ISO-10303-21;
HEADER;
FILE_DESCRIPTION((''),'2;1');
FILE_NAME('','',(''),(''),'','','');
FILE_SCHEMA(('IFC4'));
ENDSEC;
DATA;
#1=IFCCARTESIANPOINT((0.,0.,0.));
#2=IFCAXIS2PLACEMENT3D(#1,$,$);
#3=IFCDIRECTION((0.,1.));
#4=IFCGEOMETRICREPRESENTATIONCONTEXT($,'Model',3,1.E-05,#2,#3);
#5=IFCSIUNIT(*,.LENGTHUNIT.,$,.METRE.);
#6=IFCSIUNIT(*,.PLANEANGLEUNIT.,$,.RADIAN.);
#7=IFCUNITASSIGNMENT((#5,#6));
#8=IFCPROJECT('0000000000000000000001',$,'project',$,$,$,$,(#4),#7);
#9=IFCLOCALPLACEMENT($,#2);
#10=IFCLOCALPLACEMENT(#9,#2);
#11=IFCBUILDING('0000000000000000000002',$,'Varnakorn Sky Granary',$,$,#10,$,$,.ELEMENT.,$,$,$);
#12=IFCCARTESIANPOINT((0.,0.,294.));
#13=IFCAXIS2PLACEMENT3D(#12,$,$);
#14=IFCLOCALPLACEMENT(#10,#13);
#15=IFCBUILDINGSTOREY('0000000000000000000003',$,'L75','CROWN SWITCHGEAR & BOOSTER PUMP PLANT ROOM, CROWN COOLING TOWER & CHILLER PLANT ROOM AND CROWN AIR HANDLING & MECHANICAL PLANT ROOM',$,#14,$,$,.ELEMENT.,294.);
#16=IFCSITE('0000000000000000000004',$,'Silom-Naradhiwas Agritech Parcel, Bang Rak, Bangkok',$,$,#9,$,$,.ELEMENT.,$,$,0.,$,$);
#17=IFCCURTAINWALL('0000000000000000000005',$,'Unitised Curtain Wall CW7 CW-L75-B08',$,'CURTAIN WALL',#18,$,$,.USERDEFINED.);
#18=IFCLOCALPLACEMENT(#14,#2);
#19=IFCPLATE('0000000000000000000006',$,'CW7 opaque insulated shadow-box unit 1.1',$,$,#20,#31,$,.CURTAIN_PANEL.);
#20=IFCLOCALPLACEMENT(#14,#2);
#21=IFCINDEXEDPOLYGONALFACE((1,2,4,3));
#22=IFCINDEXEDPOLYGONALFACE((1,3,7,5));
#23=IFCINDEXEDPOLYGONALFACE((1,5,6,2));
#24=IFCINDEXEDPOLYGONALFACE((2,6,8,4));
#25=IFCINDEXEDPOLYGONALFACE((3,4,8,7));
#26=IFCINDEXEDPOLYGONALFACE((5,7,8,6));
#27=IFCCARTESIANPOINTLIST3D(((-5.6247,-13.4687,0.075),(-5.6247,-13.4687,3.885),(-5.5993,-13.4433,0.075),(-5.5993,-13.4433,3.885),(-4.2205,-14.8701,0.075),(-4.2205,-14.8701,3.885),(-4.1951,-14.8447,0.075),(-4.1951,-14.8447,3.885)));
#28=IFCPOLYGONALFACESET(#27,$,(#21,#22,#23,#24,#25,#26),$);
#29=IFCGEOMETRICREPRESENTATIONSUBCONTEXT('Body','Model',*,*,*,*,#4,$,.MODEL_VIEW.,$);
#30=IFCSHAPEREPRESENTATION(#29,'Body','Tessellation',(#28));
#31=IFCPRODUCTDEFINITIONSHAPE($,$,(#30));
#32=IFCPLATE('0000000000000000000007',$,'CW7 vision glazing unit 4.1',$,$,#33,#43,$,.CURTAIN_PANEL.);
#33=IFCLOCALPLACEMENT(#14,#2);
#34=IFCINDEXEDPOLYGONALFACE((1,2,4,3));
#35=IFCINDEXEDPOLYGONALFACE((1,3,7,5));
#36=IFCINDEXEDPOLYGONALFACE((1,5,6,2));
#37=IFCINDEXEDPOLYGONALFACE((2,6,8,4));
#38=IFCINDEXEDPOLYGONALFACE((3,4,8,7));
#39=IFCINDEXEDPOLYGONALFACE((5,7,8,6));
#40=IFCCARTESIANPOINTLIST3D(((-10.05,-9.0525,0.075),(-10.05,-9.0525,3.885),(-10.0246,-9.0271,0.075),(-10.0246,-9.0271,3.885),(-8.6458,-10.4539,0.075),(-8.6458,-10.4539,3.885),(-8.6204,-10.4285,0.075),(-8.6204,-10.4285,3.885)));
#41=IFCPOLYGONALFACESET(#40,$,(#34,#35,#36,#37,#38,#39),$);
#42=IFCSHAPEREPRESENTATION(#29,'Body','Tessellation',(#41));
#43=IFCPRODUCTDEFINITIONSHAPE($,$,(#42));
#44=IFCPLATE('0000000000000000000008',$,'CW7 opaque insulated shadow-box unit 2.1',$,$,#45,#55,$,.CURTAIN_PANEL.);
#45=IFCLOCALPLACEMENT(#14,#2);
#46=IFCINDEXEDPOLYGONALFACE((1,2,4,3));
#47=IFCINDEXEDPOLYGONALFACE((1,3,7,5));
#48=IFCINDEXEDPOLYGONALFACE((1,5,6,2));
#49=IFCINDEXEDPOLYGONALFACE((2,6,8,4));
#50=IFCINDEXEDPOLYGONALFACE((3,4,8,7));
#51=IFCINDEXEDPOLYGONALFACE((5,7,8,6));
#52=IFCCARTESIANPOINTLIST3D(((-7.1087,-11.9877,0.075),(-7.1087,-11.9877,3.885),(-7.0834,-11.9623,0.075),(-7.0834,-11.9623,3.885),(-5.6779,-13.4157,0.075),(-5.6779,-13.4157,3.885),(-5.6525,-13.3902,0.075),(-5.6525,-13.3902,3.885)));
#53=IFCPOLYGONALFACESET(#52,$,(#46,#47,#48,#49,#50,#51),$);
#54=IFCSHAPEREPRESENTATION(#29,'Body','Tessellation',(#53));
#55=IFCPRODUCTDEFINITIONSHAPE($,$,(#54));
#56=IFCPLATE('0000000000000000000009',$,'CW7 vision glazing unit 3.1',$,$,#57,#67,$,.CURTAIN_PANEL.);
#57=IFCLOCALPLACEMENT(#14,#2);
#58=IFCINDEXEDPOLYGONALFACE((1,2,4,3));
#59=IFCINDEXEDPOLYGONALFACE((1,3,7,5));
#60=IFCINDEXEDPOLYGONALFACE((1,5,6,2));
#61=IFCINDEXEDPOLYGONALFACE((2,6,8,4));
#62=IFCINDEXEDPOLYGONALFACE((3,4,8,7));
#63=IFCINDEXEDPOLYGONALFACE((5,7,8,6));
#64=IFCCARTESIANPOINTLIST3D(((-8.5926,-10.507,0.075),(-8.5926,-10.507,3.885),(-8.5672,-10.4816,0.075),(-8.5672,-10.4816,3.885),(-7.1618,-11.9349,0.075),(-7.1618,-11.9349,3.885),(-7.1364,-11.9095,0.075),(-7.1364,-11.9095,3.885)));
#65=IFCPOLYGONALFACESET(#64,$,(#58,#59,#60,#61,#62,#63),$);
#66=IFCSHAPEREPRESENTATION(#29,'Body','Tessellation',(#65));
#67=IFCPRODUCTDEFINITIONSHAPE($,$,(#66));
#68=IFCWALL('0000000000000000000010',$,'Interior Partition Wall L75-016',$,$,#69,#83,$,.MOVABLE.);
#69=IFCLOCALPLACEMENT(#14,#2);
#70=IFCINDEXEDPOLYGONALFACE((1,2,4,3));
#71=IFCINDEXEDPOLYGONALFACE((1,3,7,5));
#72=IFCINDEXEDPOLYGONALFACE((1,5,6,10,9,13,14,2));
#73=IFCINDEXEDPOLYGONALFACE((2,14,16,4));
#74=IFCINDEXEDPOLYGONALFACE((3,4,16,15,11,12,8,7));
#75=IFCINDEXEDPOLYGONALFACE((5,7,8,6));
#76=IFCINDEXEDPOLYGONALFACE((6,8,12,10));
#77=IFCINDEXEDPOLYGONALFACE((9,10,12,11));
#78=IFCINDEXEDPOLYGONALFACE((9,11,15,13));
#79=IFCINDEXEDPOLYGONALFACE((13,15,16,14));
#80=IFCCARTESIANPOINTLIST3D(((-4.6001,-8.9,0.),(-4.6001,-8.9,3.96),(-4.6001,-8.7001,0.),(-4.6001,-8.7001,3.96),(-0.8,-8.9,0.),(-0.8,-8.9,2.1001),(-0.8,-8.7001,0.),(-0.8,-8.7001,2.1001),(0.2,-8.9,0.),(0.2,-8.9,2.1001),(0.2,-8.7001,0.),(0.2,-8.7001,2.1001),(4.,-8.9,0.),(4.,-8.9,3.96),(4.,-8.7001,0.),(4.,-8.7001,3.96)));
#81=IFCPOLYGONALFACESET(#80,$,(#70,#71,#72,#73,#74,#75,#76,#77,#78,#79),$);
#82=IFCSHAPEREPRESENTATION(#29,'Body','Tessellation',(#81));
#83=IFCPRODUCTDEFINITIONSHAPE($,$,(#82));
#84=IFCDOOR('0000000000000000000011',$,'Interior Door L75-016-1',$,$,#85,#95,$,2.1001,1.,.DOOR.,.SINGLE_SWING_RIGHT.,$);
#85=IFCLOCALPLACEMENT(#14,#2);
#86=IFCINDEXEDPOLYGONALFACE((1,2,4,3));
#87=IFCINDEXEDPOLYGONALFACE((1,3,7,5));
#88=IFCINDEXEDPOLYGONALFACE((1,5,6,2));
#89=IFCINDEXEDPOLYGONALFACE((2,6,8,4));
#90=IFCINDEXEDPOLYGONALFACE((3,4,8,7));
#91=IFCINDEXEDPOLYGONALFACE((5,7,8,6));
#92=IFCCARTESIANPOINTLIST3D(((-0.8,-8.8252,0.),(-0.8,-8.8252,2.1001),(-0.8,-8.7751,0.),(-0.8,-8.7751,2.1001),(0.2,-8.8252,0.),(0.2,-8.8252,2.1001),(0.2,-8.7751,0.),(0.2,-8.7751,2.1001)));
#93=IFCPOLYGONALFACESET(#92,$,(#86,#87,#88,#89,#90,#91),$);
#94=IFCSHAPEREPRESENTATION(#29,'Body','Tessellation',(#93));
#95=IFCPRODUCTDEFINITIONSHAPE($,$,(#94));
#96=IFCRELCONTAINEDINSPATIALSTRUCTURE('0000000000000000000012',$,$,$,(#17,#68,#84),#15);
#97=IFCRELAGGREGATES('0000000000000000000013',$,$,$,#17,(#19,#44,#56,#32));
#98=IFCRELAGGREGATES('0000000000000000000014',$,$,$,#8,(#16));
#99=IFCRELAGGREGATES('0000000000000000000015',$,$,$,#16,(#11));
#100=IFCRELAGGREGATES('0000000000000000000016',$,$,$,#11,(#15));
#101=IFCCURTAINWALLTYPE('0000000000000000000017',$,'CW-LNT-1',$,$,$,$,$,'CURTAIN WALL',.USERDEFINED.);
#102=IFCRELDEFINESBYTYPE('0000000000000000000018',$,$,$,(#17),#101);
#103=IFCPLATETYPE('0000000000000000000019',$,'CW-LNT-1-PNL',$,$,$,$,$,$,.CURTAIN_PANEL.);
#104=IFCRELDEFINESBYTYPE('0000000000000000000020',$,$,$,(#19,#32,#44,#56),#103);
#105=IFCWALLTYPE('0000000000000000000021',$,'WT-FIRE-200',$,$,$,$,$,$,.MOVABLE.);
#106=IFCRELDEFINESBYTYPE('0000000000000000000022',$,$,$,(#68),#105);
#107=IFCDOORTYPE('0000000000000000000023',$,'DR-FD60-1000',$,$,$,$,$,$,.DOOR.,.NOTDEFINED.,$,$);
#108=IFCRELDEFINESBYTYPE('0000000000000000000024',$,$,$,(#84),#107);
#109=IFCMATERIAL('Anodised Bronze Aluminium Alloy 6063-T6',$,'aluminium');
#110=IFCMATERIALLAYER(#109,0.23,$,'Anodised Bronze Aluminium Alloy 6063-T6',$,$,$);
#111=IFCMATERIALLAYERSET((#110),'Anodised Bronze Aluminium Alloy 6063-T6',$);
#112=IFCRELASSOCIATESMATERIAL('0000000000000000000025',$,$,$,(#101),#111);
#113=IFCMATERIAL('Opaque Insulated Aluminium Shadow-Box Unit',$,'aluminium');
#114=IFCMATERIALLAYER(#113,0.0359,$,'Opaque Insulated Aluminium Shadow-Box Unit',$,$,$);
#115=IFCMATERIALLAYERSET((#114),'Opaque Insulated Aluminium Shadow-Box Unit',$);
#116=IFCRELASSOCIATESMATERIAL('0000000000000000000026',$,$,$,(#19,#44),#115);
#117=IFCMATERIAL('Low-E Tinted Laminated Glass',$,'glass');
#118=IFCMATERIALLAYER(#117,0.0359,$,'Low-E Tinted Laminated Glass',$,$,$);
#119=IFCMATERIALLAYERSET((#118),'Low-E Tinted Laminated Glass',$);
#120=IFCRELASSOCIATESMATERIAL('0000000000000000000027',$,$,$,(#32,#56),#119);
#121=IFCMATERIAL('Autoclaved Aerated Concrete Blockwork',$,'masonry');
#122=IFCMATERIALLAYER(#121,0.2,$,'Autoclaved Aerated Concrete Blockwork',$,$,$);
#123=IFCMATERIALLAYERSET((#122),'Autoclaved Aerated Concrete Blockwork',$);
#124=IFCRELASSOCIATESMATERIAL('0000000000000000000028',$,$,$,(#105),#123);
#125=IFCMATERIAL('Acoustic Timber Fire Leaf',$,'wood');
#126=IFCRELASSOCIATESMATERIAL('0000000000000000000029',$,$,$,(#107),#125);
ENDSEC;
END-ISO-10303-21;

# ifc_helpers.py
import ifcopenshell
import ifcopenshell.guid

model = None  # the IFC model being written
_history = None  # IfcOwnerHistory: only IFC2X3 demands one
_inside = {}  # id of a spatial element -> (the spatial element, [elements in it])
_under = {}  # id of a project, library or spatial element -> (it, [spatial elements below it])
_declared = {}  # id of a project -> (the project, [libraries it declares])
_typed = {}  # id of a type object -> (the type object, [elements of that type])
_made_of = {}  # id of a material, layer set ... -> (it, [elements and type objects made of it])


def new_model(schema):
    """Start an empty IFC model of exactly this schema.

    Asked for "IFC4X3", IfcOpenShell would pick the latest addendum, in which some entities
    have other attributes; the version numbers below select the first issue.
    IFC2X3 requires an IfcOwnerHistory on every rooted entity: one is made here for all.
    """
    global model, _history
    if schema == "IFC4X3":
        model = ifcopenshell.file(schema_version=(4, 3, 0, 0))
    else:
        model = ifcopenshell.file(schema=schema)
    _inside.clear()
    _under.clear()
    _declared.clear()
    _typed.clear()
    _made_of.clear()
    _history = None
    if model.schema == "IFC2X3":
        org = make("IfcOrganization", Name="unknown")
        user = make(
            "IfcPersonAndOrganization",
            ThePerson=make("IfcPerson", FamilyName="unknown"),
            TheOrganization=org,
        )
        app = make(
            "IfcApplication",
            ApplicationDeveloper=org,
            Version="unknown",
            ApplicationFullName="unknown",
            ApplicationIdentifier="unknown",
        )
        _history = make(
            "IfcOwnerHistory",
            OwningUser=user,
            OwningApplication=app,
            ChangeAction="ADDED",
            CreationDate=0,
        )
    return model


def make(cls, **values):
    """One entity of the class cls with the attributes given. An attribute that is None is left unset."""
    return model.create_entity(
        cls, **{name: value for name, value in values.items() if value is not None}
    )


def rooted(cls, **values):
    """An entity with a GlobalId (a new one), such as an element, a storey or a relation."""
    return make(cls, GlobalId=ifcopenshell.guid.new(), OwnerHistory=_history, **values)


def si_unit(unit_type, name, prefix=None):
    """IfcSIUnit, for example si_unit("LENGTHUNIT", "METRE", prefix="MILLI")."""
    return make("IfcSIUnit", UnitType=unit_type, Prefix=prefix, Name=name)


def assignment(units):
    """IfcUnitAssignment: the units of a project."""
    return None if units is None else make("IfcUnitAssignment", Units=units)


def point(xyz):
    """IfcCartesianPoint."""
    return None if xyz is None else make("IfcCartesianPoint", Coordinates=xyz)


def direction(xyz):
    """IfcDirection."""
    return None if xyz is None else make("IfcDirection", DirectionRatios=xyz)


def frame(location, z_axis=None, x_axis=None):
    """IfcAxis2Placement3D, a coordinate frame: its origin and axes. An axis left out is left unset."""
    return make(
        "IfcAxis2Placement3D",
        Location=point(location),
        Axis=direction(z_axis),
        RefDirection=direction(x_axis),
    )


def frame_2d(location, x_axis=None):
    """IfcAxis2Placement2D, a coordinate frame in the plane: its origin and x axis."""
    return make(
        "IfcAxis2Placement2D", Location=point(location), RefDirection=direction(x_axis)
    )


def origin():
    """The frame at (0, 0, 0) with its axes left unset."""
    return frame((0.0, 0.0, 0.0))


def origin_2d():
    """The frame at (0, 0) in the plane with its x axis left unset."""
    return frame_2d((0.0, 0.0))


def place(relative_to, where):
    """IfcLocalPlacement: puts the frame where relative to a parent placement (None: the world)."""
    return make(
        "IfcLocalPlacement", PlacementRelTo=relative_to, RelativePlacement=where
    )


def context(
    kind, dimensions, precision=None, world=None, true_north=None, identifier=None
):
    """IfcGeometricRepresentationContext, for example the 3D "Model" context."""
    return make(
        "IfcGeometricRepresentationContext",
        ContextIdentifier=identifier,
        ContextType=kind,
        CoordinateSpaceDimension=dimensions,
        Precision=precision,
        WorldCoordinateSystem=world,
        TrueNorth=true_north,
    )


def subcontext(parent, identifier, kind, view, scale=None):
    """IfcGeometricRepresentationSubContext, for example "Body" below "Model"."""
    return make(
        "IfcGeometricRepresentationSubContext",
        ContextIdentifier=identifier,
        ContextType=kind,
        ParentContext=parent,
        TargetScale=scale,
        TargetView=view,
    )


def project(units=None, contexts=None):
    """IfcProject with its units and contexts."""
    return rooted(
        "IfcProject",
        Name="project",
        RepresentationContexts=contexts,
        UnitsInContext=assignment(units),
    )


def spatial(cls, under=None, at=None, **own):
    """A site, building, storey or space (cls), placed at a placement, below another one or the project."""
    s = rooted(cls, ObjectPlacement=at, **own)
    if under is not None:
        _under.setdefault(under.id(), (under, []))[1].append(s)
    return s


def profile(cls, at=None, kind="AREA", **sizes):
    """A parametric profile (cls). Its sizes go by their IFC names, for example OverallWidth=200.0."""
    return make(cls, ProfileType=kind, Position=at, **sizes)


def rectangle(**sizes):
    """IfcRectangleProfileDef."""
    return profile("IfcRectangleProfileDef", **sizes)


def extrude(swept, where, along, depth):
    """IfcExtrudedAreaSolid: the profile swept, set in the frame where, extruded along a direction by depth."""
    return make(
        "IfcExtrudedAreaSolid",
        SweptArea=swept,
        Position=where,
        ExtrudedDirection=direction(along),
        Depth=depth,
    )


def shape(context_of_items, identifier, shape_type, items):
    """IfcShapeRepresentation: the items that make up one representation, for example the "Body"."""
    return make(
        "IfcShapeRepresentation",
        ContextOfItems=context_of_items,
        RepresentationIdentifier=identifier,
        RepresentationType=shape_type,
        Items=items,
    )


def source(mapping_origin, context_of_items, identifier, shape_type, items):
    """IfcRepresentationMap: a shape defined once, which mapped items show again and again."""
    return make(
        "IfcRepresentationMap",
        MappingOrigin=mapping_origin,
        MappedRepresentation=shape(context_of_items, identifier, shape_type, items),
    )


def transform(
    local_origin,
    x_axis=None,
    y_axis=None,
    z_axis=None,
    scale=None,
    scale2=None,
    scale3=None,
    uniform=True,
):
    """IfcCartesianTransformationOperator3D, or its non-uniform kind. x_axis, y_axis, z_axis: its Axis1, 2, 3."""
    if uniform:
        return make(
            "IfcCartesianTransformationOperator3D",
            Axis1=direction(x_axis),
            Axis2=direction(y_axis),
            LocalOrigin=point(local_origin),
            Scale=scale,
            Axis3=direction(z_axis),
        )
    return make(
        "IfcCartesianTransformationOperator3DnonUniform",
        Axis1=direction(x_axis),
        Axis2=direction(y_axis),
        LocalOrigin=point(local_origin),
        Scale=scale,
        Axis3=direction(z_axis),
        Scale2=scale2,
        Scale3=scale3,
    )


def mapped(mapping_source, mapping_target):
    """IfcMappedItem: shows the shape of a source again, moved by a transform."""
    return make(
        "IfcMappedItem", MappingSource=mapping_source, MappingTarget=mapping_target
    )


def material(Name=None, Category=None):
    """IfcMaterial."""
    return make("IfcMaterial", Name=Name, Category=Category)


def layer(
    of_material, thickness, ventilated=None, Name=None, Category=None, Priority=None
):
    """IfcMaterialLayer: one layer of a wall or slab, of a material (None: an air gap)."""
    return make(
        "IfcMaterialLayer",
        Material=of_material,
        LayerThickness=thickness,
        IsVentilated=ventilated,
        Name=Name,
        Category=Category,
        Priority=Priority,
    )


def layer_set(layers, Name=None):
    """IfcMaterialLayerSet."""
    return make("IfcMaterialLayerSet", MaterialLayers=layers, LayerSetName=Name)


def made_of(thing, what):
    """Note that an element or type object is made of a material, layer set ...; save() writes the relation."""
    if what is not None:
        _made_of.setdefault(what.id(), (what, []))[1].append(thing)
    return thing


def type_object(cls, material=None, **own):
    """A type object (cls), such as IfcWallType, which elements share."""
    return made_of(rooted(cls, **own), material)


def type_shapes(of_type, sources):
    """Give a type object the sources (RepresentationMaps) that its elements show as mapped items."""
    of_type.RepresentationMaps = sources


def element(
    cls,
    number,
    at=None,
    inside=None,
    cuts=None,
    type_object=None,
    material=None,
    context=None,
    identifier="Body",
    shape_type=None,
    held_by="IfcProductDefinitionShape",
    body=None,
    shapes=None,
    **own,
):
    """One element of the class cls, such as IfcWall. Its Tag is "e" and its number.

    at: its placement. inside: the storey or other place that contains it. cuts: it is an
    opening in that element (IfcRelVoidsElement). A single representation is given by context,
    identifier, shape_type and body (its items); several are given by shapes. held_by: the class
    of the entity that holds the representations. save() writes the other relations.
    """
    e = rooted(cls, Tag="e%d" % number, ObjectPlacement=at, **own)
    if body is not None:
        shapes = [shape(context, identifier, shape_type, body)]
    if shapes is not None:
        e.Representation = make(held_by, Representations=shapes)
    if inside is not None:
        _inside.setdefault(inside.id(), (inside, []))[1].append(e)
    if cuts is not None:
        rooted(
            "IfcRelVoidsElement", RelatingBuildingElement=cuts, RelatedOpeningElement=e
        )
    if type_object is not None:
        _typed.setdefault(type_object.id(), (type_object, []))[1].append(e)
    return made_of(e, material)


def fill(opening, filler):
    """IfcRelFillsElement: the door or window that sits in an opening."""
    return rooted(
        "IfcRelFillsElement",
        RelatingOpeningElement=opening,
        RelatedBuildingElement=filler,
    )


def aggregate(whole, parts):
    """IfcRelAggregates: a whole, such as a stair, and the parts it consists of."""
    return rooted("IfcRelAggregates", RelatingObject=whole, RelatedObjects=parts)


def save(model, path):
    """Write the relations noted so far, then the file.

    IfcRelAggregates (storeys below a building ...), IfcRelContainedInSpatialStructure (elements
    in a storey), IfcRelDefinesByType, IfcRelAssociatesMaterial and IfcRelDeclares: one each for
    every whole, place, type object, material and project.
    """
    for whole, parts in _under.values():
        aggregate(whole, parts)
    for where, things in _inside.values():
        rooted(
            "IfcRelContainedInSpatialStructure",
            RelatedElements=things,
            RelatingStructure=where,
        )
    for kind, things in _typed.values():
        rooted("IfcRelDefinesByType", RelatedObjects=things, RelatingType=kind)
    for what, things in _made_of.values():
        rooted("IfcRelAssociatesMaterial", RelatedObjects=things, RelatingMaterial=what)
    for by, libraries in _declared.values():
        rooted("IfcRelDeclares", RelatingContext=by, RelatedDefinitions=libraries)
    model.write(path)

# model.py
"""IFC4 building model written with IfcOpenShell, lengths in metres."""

from ifc_helpers import new_model, si_unit, direction, frame, frame_2d, origin, origin_2d, place, context, subcontext, project, spatial, rectangle, extrude, source, transform, mapped, material, layer, layer_set, type_object, type_shapes, element, fill, aggregate, save


model = new_model("IFC4")

# Units and contexts
model_context = context("Model", 3, precision=1e-05, world=origin(), true_north=direction((0.0, 1.0)))
body_context = subcontext(model_context, "Body", "Model", "MODEL_VIEW")
ifc_project = project(units=[si_unit("LENGTHUNIT", "METRE"), si_unit("PLANEANGLEUNIT", "RADIAN")], contexts=[model_context])

# Site, building, storey
site_placement = place(None, origin())
site = spatial("IfcSite", under=ifc_project, at=site_placement, Name="Silom-Naradhiwas Agritech Parcel, Bang Rak, Bangkok", CompositionType="ELEMENT", RefElevation=0.0)
building_placement = place(site_placement, origin())
building = spatial("IfcBuilding", under=site, at=building_placement, Name="Varnakorn Sky Granary", CompositionType="ELEMENT")
storey_placement = place(building_placement, frame((0.0, 0.0, 294.0)))
storey = spatial("IfcBuildingStorey", under=building, at=storey_placement, Name="L75", Description="CROWN SWITCHGEAR & BOOSTER PUMP PLANT ROOM, CROWN COOLING TOWER & CHILLER PLANT ROOM AND CROWN AIR HANDLING & MECHANICAL PLANT ROOM", CompositionType="ELEMENT", Elevation=294.0)

# Shared definitions
ifc_material_1 = material(Name="Anodised Bronze Aluminium Alloy 6063-T6", Category="aluminium")
ifc_layer_1 = layer(ifc_material_1, 0.23, Name="Anodised Bronze Aluminium Alloy 6063-T6")
ifc_layer_set_1 = layer_set([ifc_layer_1], Name="Anodised Bronze Aluminium Alloy 6063-T6")
curtain_wall_type = type_object("IfcCurtainWallType", Name="CW-LNT-1", ElementType="CURTAIN WALL", PredefinedType="USERDEFINED", material=ifc_layer_set_1)

# Curtain wall
curtain_wall_1_placement = place(storey_placement, origin())
curtain_wall_1 = element("IfcCurtainWall", 1, at=curtain_wall_1_placement, inside=storey, type_object=curtain_wall_type, Name="Unitised Curtain Wall CW7 CW-L75-B08", ObjectType="CURTAIN WALL", PredefinedType="USERDEFINED")

# Plates
ifc_material_2 = material(Name="Opaque Insulated Aluminium Shadow-Box Unit", Category="aluminium")
ifc_layer_2 = layer(ifc_material_2, 0.0359, Name="Opaque Insulated Aluminium Shadow-Box Unit")
ifc_layer_set_2 = layer_set([ifc_layer_2], Name="Opaque Insulated Aluminium Shadow-Box Unit")
plate_type = type_object("IfcPlateType", Name="CW-LNT-1-PNL", PredefinedType="CURTAIN_PANEL")
shared_shape_1 = source(origin(), body_context, "Body", "SweptSolid", [
    extrude(rectangle(XDim=1.9839, YDim=0.0359, at=origin_2d()), origin(), (0.0, 0.0, 1.0), 3.8101),
])
plate_1_placement = place(storey_placement, frame((-4.9099, -14.1567, 0.075), z_axis=(0.0, 0.0, 1.0), x_axis=(-0.707816, 0.706397, 0.0)))
plate_1 = element("IfcPlate", 2, at=plate_1_placement, type_object=plate_type, material=ifc_layer_set_2, Name="CW7 opaque insulated shadow-box unit 1.1", PredefinedType="CURTAIN_PANEL", context=body_context, shape_type="MappedRepresentation", body=[
    mapped(shared_shape_1, transform((0.0, 0.0, 0.0), x_axis=(1.0, 0.0, 0.0), y_axis=(0.0, 1.0, 0.0), z_axis=(0.0, 0.0, 1.0), scale=1.0)),
])
ifc_material_3 = material(Name="Low-E Tinted Laminated Glass", Category="glass")
ifc_layer_3 = layer(ifc_material_3, 0.0359, Name="Low-E Tinted Laminated Glass")
ifc_layer_set_3 = layer_set([ifc_layer_3], Name="Low-E Tinted Laminated Glass")
plate_2_placement = place(storey_placement, frame((-9.3352, -9.7405, 0.075), z_axis=(0.0, 0.0, 1.0), x_axis=(-0.707816, 0.706397, 0.0)))
plate_2 = element("IfcPlate", 3, at=plate_2_placement, type_object=plate_type, material=ifc_layer_set_3, Name="CW7 vision glazing unit 4.1", PredefinedType="CURTAIN_PANEL", context=body_context, shape_type="MappedRepresentation", body=[
    mapped(shared_shape_1, transform((0.0, 0.0, 0.0), x_axis=(1.0, 0.0, 0.0), y_axis=(0.0, 1.0, 0.0), z_axis=(0.0, 0.0, 1.0), scale=1.0)),
])
shared_shape_2 = source(origin(), body_context, "Body", "SweptSolid", [
    extrude(rectangle(XDim=2.0215, YDim=0.0359, at=origin_2d()), origin(), (0.0, 0.0, 1.0), 3.8101),
])
type_shapes(plate_type, [shared_shape_1, shared_shape_2])
plate_3_placement = place(storey_placement, frame((-6.3806, -12.689, 0.075), z_axis=(0.0, 0.0, 1.0), x_axis=(-0.707816, 0.706397, 0.0)))
plate_3 = element("IfcPlate", 4, at=plate_3_placement, type_object=plate_type, material=ifc_layer_set_2, Name="CW7 opaque insulated shadow-box unit 2.1", PredefinedType="CURTAIN_PANEL", context=body_context, shape_type="MappedRepresentation", body=[
    mapped(shared_shape_2, transform((0.0, 0.0, 0.0), x_axis=(1.0, 0.0, 0.0), y_axis=(0.0, 1.0, 0.0), z_axis=(0.0, 0.0, 1.0), scale=1.0)),
])
plate_4_placement = place(storey_placement, frame((-7.8645, -11.2083, 0.075), z_axis=(0.0, 0.0, 1.0), x_axis=(-0.707816, 0.706397, 0.0)))
plate_4 = element("IfcPlate", 5, at=plate_4_placement, type_object=plate_type, material=ifc_layer_set_3, Name="CW7 vision glazing unit 3.1", PredefinedType="CURTAIN_PANEL", context=body_context, shape_type="MappedRepresentation", body=[
    mapped(shared_shape_2, transform((0.0, 0.0, 0.0), x_axis=(1.0, 0.0, 0.0), y_axis=(0.0, 1.0, 0.0), z_axis=(0.0, 0.0, 1.0), scale=1.0)),
])
aggregate(curtain_wall_1, [plate_1, plate_3, plate_4, plate_2])

# Wall, opening, door
ifc_material_4 = material(Name="Autoclaved Aerated Concrete Blockwork", Category="masonry")
ifc_layer_4 = layer(ifc_material_4, 0.2, Name="Autoclaved Aerated Concrete Blockwork")
ifc_layer_set_4 = layer_set([ifc_layer_4], Name="Autoclaved Aerated Concrete Blockwork")
wall_type = type_object("IfcWallType", Name="WT-FIRE-200", PredefinedType="MOVABLE", material=ifc_layer_set_4)
wall_placement = place(storey_placement, frame((-4.6001, -8.8, 0.0), z_axis=(0.0, 0.0, 1.0), x_axis=(1.0, 0.0, 0.0)))
wall = element("IfcWall", 6, at=wall_placement, inside=storey, type_object=wall_type, Name="Interior Partition Wall L75-016", PredefinedType="MOVABLE", context=body_context, shape_type="SweptSolid", body=[
    extrude(rectangle(XDim=8.6001, YDim=0.2, at=frame_2d((4.3, 0.0))), origin(), (0.0, 0.0, 1.0), 3.96),
])
opening_placement = place(wall_placement, frame((3.8, 0.0, 0.0)))
opening = element("IfcOpeningElement", 7, at=opening_placement, cuts=wall, PredefinedType="OPENING", context=body_context, shape_type="SweptSolid", body=[
    extrude(rectangle(XDim=1.0, YDim=2.1001, at=frame_2d((0.5, 1.05))), frame((0.0, 0.1099, 0.0), z_axis=(0.0, -1.0, 0.0), x_axis=(1.0, 0.0, 0.0)), (0.0, 0.0, 1.0), 0.22),
])
ifc_material_5 = material(Name="Acoustic Timber Fire Leaf", Category="wood")
door_type = type_object("IfcDoorType", Name="DR-FD60-1000", OperationType="NOTDEFINED", PredefinedType="DOOR", material=ifc_material_5)
door_placement = place(opening_placement, origin())
door = element("IfcDoor", 8, at=door_placement, inside=storey, type_object=door_type, Name="Interior Door L75-016-1", OperationType="SINGLE_SWING_RIGHT", OverallHeight=2.1001, OverallWidth=1.0, PredefinedType="DOOR", context=body_context, shape_type="SweptSolid", body=[
    extrude(rectangle(XDim=1.0, YDim=2.1001, at=frame_2d((0.5, 1.05))), frame((0.0, 0.0249, 0.0), z_axis=(0.0, -1.0, 0.0), x_axis=(1.0, 0.0, 0.0)), (0.0, 0.0, 1.0), 0.05),
])
fill(opening, door)

save(model, "model.ifc")
